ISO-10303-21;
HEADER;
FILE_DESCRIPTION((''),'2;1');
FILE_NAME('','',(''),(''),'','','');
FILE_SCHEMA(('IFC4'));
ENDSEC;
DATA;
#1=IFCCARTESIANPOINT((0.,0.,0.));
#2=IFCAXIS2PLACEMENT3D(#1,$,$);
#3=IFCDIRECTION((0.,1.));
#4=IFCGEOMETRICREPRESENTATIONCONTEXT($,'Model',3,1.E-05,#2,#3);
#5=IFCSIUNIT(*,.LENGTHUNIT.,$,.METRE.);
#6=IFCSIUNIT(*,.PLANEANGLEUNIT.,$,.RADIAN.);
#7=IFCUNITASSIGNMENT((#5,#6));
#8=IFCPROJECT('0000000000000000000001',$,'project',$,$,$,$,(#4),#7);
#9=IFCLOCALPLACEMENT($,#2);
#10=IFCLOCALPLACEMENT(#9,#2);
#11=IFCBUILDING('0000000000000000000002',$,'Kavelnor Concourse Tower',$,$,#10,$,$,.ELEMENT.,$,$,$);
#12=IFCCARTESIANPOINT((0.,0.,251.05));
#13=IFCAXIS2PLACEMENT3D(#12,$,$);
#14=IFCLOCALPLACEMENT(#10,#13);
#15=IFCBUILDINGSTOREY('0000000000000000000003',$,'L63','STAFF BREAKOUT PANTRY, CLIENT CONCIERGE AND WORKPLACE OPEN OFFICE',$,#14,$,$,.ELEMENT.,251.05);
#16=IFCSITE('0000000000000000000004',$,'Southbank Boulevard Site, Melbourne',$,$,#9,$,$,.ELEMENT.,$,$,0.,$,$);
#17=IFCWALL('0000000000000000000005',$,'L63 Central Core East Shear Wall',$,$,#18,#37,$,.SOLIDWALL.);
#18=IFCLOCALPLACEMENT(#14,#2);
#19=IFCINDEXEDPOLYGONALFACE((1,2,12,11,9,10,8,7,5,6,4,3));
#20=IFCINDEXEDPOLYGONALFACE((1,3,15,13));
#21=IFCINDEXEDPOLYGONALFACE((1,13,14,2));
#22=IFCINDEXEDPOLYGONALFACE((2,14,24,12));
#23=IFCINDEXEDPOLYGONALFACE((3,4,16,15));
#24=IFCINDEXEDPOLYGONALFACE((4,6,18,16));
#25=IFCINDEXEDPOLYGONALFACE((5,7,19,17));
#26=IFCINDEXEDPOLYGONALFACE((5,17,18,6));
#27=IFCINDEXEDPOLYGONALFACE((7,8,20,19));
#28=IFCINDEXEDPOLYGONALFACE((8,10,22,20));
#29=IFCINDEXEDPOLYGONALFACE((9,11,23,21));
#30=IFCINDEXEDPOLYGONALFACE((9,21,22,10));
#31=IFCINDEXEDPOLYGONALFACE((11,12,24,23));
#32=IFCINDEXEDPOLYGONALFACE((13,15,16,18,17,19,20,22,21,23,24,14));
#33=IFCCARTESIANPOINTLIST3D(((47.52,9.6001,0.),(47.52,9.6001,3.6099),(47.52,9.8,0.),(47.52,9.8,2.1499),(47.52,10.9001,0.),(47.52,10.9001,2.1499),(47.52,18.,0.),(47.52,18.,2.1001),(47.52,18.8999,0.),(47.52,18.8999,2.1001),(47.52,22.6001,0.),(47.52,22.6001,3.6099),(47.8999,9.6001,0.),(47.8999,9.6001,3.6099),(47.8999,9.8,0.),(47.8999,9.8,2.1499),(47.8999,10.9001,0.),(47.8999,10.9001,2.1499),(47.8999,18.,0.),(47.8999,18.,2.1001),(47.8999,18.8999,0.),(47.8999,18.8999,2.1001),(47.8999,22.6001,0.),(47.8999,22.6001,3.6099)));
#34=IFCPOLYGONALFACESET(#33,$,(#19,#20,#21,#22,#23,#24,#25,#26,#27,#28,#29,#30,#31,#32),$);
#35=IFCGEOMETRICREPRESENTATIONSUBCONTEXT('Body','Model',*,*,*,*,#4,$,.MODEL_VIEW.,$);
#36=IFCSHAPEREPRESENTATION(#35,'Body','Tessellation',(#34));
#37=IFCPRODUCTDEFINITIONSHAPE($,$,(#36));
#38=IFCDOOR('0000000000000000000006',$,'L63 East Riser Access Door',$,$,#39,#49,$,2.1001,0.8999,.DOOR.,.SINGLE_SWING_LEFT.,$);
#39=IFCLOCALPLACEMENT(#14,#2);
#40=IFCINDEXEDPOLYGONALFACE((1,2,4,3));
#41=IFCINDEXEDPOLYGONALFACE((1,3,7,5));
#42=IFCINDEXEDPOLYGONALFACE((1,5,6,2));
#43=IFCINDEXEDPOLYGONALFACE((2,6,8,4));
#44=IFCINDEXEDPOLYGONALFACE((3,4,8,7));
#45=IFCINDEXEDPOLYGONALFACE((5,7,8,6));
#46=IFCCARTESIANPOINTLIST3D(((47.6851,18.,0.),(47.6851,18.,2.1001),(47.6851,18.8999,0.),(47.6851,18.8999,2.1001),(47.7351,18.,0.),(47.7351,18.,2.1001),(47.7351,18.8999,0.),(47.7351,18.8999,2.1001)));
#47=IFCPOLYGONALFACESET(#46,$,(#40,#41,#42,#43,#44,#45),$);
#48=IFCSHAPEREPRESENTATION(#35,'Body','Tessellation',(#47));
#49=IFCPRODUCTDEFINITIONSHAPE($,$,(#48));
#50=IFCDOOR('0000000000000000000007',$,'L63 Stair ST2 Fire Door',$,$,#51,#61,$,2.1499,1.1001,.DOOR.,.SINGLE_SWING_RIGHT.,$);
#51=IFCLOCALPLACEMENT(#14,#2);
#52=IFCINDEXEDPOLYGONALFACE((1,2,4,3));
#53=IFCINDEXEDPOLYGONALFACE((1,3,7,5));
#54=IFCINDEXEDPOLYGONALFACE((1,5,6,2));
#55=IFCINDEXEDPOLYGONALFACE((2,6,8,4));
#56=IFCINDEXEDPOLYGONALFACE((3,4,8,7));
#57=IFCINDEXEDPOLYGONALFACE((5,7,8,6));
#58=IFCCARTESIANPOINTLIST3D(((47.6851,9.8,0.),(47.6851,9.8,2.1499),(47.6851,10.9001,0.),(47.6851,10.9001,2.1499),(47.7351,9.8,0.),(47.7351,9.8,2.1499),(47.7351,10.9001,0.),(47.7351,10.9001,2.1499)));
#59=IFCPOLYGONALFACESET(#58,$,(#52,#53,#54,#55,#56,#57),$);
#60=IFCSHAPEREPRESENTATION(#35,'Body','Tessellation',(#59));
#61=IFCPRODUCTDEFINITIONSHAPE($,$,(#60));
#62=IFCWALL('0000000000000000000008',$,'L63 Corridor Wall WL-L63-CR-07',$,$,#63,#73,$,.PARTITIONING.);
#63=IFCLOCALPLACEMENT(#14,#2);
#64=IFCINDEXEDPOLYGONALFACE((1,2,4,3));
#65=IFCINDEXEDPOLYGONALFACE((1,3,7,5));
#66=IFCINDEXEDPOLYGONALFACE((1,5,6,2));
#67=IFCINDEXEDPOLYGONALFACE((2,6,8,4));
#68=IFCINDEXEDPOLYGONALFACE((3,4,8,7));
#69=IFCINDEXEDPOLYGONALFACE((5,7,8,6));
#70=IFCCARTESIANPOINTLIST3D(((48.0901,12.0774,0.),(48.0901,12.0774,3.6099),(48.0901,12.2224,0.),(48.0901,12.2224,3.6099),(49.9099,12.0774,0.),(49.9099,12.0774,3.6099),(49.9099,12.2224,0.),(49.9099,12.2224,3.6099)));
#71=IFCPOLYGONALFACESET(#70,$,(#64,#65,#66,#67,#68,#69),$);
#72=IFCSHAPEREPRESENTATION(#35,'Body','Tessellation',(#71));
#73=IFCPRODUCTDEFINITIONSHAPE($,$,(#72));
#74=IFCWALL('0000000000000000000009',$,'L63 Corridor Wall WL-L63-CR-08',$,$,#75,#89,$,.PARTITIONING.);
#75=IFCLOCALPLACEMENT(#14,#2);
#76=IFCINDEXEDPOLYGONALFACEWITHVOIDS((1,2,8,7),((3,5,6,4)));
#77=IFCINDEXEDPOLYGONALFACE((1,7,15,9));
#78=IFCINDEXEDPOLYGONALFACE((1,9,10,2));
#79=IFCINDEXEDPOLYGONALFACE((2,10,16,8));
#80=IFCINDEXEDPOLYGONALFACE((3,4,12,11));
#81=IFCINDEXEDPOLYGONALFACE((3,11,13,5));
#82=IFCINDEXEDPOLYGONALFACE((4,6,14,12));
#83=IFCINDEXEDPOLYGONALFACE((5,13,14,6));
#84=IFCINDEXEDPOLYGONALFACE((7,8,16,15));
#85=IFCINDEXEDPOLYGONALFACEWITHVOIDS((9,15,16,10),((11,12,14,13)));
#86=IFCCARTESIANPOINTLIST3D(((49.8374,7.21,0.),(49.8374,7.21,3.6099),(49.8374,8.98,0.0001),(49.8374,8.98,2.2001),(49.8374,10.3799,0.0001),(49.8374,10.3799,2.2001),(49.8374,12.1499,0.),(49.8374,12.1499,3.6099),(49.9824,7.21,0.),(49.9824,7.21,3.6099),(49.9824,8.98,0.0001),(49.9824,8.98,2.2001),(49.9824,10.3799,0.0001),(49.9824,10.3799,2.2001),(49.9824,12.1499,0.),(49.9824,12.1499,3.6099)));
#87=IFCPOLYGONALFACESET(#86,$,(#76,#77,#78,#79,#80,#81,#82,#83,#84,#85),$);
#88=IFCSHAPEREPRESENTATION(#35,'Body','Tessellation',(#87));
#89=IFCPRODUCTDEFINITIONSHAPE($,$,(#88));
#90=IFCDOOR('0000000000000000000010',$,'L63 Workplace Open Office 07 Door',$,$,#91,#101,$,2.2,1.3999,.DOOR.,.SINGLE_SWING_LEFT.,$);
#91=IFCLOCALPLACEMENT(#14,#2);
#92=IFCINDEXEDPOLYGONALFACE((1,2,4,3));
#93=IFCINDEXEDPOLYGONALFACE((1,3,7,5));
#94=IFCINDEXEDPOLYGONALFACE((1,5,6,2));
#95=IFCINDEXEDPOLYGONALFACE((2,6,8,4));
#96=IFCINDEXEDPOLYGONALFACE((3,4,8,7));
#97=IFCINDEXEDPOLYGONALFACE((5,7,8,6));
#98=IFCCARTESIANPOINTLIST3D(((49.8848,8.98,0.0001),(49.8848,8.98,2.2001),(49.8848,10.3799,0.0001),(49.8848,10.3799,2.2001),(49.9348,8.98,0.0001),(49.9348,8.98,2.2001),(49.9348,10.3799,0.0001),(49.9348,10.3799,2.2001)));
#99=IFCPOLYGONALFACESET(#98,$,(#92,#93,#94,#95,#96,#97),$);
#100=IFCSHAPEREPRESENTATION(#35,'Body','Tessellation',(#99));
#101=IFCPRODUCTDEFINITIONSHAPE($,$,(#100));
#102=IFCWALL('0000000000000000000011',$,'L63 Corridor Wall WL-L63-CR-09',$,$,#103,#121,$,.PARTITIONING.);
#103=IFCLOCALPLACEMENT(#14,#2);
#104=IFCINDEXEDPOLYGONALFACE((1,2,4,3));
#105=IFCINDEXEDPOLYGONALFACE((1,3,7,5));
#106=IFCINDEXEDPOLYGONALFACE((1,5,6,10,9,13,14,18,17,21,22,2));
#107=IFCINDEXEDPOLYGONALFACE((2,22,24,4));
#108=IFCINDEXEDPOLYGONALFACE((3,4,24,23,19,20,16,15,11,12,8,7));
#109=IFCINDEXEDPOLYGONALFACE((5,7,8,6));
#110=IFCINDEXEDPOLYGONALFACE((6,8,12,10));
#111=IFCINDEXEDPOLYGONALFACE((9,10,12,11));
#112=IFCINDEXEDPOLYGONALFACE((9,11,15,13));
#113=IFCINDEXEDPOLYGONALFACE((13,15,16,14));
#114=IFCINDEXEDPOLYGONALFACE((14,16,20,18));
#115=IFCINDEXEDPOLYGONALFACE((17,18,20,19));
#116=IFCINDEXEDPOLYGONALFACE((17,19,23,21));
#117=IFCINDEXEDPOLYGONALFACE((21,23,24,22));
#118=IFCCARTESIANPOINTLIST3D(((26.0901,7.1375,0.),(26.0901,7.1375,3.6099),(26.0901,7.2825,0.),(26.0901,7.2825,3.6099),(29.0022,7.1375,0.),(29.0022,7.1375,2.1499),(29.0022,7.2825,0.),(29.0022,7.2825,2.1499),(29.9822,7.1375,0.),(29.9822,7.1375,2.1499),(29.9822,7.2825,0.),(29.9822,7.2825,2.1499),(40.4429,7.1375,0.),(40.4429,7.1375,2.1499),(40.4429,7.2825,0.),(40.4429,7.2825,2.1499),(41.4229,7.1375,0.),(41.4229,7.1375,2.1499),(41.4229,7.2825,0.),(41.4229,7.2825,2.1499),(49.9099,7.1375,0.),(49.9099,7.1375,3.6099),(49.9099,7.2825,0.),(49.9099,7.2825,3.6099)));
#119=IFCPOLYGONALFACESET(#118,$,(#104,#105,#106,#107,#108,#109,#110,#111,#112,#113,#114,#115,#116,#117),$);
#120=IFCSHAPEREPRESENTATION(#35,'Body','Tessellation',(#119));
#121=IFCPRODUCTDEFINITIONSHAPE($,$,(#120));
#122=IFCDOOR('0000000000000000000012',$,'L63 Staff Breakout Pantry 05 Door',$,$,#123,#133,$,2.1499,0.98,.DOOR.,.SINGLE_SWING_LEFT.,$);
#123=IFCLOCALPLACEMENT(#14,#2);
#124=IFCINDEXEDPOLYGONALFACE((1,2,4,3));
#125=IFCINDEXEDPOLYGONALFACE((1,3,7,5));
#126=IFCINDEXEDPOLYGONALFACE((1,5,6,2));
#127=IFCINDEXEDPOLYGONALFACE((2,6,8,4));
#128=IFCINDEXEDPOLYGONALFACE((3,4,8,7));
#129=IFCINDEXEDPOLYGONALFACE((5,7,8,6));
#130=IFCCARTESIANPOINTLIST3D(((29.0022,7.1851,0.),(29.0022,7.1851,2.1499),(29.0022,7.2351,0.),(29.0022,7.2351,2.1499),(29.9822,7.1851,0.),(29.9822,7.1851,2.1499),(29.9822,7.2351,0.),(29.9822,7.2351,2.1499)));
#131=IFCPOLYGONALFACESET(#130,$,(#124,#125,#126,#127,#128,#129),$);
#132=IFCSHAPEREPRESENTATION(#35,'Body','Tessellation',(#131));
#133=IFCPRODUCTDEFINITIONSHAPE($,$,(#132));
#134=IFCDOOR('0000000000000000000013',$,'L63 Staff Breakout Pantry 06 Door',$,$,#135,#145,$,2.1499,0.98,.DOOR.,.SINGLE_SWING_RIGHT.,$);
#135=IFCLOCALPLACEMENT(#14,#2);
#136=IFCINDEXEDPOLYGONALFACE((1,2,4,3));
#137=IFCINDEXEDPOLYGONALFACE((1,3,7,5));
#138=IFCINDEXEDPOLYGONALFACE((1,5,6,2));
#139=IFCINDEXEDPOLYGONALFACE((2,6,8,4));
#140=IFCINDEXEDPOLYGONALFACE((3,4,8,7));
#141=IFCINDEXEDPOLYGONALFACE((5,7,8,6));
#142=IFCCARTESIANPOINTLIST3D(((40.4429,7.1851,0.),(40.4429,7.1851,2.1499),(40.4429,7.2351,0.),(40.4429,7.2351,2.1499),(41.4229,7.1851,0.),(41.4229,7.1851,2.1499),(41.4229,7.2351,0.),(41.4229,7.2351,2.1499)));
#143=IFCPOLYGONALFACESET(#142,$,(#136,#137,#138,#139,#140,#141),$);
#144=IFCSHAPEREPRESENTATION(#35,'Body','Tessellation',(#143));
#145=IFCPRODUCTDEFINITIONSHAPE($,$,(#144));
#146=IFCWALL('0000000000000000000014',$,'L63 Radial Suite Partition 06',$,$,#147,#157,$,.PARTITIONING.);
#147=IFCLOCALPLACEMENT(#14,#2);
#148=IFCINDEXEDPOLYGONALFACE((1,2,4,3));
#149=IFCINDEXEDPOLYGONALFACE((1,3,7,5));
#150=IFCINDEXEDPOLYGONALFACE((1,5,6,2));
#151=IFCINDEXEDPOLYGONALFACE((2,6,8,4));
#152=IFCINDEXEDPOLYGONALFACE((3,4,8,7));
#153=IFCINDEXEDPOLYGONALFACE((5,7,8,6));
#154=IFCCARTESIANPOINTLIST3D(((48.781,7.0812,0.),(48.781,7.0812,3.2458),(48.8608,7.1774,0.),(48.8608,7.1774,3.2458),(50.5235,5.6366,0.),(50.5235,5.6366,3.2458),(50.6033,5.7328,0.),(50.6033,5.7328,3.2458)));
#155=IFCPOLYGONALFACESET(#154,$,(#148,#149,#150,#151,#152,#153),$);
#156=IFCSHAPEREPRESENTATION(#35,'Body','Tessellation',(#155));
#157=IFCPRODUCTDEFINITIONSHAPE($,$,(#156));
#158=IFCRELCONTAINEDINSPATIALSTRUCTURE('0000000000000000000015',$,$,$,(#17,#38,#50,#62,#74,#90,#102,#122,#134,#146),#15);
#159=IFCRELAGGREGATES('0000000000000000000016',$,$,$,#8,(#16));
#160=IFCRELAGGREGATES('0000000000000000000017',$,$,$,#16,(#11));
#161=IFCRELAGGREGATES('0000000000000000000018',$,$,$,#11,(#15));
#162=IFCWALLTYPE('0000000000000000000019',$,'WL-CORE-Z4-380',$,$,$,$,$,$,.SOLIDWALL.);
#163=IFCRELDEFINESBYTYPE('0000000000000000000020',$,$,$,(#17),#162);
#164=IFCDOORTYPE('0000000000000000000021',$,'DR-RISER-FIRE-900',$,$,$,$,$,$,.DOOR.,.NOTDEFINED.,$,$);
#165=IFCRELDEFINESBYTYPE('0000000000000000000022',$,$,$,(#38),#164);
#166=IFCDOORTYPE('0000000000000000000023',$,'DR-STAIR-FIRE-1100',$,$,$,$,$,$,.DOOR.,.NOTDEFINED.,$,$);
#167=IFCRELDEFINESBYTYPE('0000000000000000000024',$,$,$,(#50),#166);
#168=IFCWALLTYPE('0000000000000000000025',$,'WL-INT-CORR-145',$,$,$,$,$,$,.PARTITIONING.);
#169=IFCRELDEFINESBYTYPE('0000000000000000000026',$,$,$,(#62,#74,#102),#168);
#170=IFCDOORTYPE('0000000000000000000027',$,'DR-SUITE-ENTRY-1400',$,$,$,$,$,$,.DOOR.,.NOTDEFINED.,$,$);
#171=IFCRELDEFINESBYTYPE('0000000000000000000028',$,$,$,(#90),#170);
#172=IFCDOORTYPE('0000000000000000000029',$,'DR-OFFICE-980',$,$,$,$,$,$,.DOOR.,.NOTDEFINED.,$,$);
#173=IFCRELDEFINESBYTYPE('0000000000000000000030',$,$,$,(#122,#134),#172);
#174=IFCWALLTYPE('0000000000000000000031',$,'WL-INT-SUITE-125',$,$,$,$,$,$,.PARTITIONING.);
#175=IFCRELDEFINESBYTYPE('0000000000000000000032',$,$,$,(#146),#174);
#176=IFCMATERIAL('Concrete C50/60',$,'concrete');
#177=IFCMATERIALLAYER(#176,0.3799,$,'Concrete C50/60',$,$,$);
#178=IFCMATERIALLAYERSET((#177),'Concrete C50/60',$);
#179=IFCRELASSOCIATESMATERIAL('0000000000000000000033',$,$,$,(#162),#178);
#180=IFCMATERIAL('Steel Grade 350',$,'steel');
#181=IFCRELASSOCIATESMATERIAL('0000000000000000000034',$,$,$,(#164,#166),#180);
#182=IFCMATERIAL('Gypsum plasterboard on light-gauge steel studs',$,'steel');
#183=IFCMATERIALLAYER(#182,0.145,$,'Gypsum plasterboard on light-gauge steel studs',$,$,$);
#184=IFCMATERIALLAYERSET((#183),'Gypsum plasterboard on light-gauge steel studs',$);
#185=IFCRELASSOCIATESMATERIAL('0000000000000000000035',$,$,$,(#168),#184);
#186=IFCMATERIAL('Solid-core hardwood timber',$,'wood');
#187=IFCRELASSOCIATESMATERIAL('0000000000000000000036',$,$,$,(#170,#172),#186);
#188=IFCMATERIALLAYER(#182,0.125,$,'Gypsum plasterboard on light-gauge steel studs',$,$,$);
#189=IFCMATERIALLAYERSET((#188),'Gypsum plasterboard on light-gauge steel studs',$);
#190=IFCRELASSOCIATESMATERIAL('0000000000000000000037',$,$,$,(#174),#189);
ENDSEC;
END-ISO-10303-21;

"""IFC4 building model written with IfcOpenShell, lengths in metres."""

from ifc_helpers import new_model, si_unit, direction, frame, frame_2d, origin, place, context, subcontext, project, spatial, rectangle, extrude, material, layer, layer_set, type_object, element, fill, save


model = new_model("IFC4")

# Units and contexts
model_context = context("Model", 3, precision=1e-05, world=origin(), true_north=direction((0.0, 1.0)))
body_context = subcontext(model_context, "Body", "Model", "MODEL_VIEW")
ifc_project = project(units=[si_unit("LENGTHUNIT", "METRE"), si_unit("PLANEANGLEUNIT", "RADIAN")], contexts=[model_context])

# Site, building, storey
site_placement = place(None, origin())
site = spatial("IfcSite", under=ifc_project, at=site_placement, Name="Southbank Boulevard Site, Melbourne", CompositionType="ELEMENT", RefElevation=0.0)
building_placement = place(site_placement, origin())
building = spatial("IfcBuilding", under=site, at=building_placement, Name="Kavelnor Concourse Tower", CompositionType="ELEMENT")
storey_placement = place(building_placement, frame((0.0, 0.0, 251.05)))
storey = spatial("IfcBuildingStorey", under=building, at=storey_placement, Name="L63", Description="STAFF BREAKOUT PANTRY, CLIENT CONCIERGE AND WORKPLACE OPEN OFFICE", CompositionType="ELEMENT", Elevation=251.05)

# Shared definitions
ifc_material_1 = material(Name="Steel Grade 350", Category="steel")

# Wall, openings, doors
ifc_material_2 = material(Name="Concrete C50/60", Category="concrete")
ifc_layer_1 = layer(ifc_material_2, 0.3799, Name="Concrete C50/60")
ifc_layer_set_1 = layer_set([ifc_layer_1], Name="Concrete C50/60")
wall_type_1 = type_object("IfcWallType", Name="WL-CORE-Z4-380", PredefinedType="SOLIDWALL", material=ifc_layer_set_1)
wall_1_placement = place(storey_placement, frame((47.71, 9.6001, 0.0), z_axis=(0.0, 0.0, 1.0), x_axis=(0.0, 1.0, 0.0)))
wall_1 = element("IfcWall", 1, at=wall_1_placement, inside=storey, type_object=wall_type_1, Name="L63 Central Core East Shear Wall", PredefinedType="SOLIDWALL", context=body_context, shape_type="SweptSolid", body=[
    extrude(rectangle(XDim=13.0, YDim=0.3799, at=frame_2d((6.5, 0.0))), origin(), (0.0, 0.0, 1.0), 3.6099),
])
opening_1_placement = place(wall_1_placement, frame((0.2, 0.0, 0.0)))
opening_1 = element("IfcOpeningElement", 2, at=opening_1_placement, cuts=wall_1, PredefinedType="OPENING", context=body_context, shape_type="SweptSolid", body=[
    extrude(rectangle(XDim=1.1001, YDim=2.1499, at=frame_2d((0.55, 1.075))), frame((0.0, 0.2, 0.0), z_axis=(0.0, -1.0, 0.0), x_axis=(1.0, 0.0, 0.0)), (0.0, 0.0, 1.0), 0.3999),
])
opening_2_placement = place(wall_1_placement, frame((8.3999, 0.0, 0.0)))
opening_2 = element("IfcOpeningElement", 3, at=opening_2_placement, cuts=wall_1, PredefinedType="OPENING", context=body_context, shape_type="SweptSolid", body=[
    extrude(rectangle(XDim=0.8999, YDim=2.1001, at=frame_2d((0.45, 1.05))), frame((0.0, 0.2, 0.0), z_axis=(0.0, -1.0, 0.0), x_axis=(1.0, 0.0, 0.0)), (0.0, 0.0, 1.0), 0.3999),
])
door_type_1 = type_object("IfcDoorType", Name="DR-RISER-FIRE-900", OperationType="NOTDEFINED", PredefinedType="DOOR", material=ifc_material_1)
door_1_placement = place(opening_2_placement, origin())
door_1 = element("IfcDoor", 4, at=door_1_placement, inside=storey, type_object=door_type_1, Name="L63 East Riser Access Door", OperationType="SINGLE_SWING_LEFT", OverallHeight=2.1001, OverallWidth=0.8999, PredefinedType="DOOR", context=body_context, shape_type="SweptSolid", body=[
    extrude(rectangle(XDim=0.8999, YDim=2.1001, at=frame_2d((0.45, 1.05))), frame((0.0, 0.0249, 0.0), z_axis=(0.0, -1.0, 0.0), x_axis=(1.0, 0.0, 0.0)), (0.0, 0.0, 1.0), 0.05),
])
fill(opening_2, door_1)
door_type_2 = type_object("IfcDoorType", Name="DR-STAIR-FIRE-1100", OperationType="NOTDEFINED", PredefinedType="DOOR", material=ifc_material_1)
door_2_placement = place(opening_1_placement, origin())
door_2 = element("IfcDoor", 5, at=door_2_placement, inside=storey, type_object=door_type_2, Name="L63 Stair ST2 Fire Door", OperationType="SINGLE_SWING_RIGHT", OverallHeight=2.1499, OverallWidth=1.1001, PredefinedType="DOOR", context=body_context, shape_type="SweptSolid", body=[
    extrude(rectangle(XDim=1.1001, YDim=2.1499, at=frame_2d((0.55, 1.075))), frame((0.0, 0.0249, 0.0), z_axis=(0.0, -1.0, 0.0), x_axis=(1.0, 0.0, 0.0)), (0.0, 0.0, 1.0), 0.05),
])
fill(opening_1, door_2)

# Wall
ifc_material_3 = material(Name="Gypsum plasterboard on light-gauge steel studs", Category="steel")
ifc_layer_2 = layer(ifc_material_3, 0.145, Name="Gypsum plasterboard on light-gauge steel studs")
ifc_layer_set_2 = layer_set([ifc_layer_2], Name="Gypsum plasterboard on light-gauge steel studs")
wall_type_2 = type_object("IfcWallType", Name="WL-INT-CORR-145", PredefinedType="PARTITIONING", material=ifc_layer_set_2)
wall_2_placement = place(storey_placement, frame((48.0901, 12.1499, 0.0), z_axis=(0.0, 0.0, 1.0), x_axis=(1.0, 0.0, 0.0)))
element("IfcWall", 6, at=wall_2_placement, inside=storey, type_object=wall_type_2, Name="L63 Corridor Wall WL-L63-CR-07", PredefinedType="PARTITIONING", context=body_context, shape_type="SweptSolid", body=[
    extrude(rectangle(XDim=1.8198, YDim=0.145, at=frame_2d((0.9099, 0.0))), origin(), (0.0, 0.0, 1.0), 3.6099),
])

# Wall, opening, door
wall_3_placement = place(storey_placement, frame((49.9099, 12.1499, 0.0), z_axis=(0.0, 0.0, 1.0), x_axis=(0.0, -1.0, 0.0)))
wall_3 = element("IfcWall", 7, at=wall_3_placement, inside=storey, type_object=wall_type_2, Name="L63 Corridor Wall WL-L63-CR-08", PredefinedType="PARTITIONING", context=body_context, shape_type="SweptSolid", body=[
    extrude(rectangle(XDim=4.9399, YDim=0.145, at=frame_2d((2.47, 0.0))), origin(), (0.0, 0.0, 1.0), 3.6099),
])
opening_3_placement = place(wall_3_placement, frame((1.77, 0.0, 0.0)))
opening_3 = element("IfcOpeningElement", 8, at=opening_3_placement, cuts=wall_3, PredefinedType="OPENING", context=body_context, shape_type="SweptSolid", body=[
    extrude(rectangle(XDim=1.3999, YDim=2.2, at=frame_2d((0.7, 1.1001))), frame((0.0, 0.0825, 0.0), z_axis=(0.0, -1.0, 0.0), x_axis=(1.0, 0.0, 0.0)), (0.0, 0.0, 1.0), 0.165),
])
ifc_material_4 = material(Name="Solid-core hardwood timber", Category="wood")
door_type_3 = type_object("IfcDoorType", Name="DR-SUITE-ENTRY-1400", OperationType="NOTDEFINED", PredefinedType="DOOR", material=ifc_material_4)
door_3_placement = place(opening_3_placement, origin())
door_3 = element("IfcDoor", 9, at=door_3_placement, inside=storey, type_object=door_type_3, Name="L63 Workplace Open Office 07 Door", OperationType="SINGLE_SWING_LEFT", OverallHeight=2.2, OverallWidth=1.3999, PredefinedType="DOOR", context=body_context, shape_type="SweptSolid", body=[
    extrude(rectangle(XDim=1.3999, YDim=2.2, at=frame_2d((0.7, 1.1001))), frame((0.0, 0.0249, 0.0), z_axis=(0.0, -1.0, 0.0), x_axis=(1.0, 0.0, 0.0)), (0.0, 0.0, 1.0), 0.05),
])
fill(opening_3, door_3)

# Wall, openings, doors
wall_4_placement = place(storey_placement, frame((49.9099, 7.21, 0.0), z_axis=(0.0, 0.0, 1.0), x_axis=(-1.0, 0.0, 0.0)))
wall_4 = element("IfcWall", 10, at=wall_4_placement, inside=storey, type_object=wall_type_2, Name="L63 Corridor Wall WL-L63-CR-09", PredefinedType="PARTITIONING", context=body_context, shape_type="SweptSolid", body=[
    extrude(rectangle(XDim=23.8198, YDim=0.145, at=frame_2d((11.9099, 0.0))), origin(), (0.0, 0.0, 1.0), 3.6099),
])
opening_4_placement = place(wall_4_placement, frame((19.9277, 0.0, 0.0)))
opening_4 = element("IfcOpeningElement", 11, at=opening_4_placement, cuts=wall_4, PredefinedType="OPENING", context=body_context, shape_type="SweptSolid", body=[
    extrude(rectangle(XDim=0.98, YDim=2.1499, at=frame_2d((0.49, 1.075))), frame((0.0, 0.0825, 0.0), z_axis=(0.0, -1.0, 0.0), x_axis=(1.0, 0.0, 0.0)), (0.0, 0.0, 1.0), 0.165),
])
opening_5_placement = place(wall_4_placement, frame((8.4871, 0.0, 0.0)))
opening_5 = element("IfcOpeningElement", 12, at=opening_5_placement, cuts=wall_4, PredefinedType="OPENING", context=body_context, shape_type="SweptSolid", body=[
    extrude(rectangle(XDim=0.98, YDim=2.1499, at=frame_2d((0.49, 1.075))), frame((0.0, 0.0825, 0.0), z_axis=(0.0, -1.0, 0.0), x_axis=(1.0, 0.0, 0.0)), (0.0, 0.0, 1.0), 0.165),
])
door_type_4 = type_object("IfcDoorType", Name="DR-OFFICE-980", OperationType="NOTDEFINED", PredefinedType="DOOR", material=ifc_material_4)
door_4_placement = place(opening_4_placement, origin())
door_4 = element("IfcDoor", 13, at=door_4_placement, inside=storey, type_object=door_type_4, Name="L63 Staff Breakout Pantry 05 Door", OperationType="SINGLE_SWING_LEFT", OverallHeight=2.1499, OverallWidth=0.98, PredefinedType="DOOR", context=body_context, shape_type="SweptSolid", body=[
    extrude(rectangle(XDim=0.98, YDim=2.1499, at=frame_2d((0.49, 1.075))), frame((0.0, 0.0249, 0.0), z_axis=(0.0, -1.0, 0.0), x_axis=(1.0, 0.0, 0.0)), (0.0, 0.0, 1.0), 0.05),
])
fill(opening_4, door_4)
door_5_placement = place(opening_5_placement, origin())
door_5 = element("IfcDoor", 14, at=door_5_placement, inside=storey, type_object=door_type_4, Name="L63 Staff Breakout Pantry 06 Door", OperationType="SINGLE_SWING_RIGHT", OverallHeight=2.1499, OverallWidth=0.98, PredefinedType="DOOR", context=body_context, shape_type="SweptSolid", body=[
    extrude(rectangle(XDim=0.98, YDim=2.1499, at=frame_2d((0.49, 1.075))), frame((0.0, 0.0249, 0.0), z_axis=(0.0, -1.0, 0.0), x_axis=(1.0, 0.0, 0.0)), (0.0, 0.0, 1.0), 0.05),
])
fill(opening_5, door_5)

# Wall
ifc_layer_3 = layer(ifc_material_3, 0.125, Name="Gypsum plasterboard on light-gauge steel studs")
ifc_layer_set_3 = layer_set([ifc_layer_3], Name="Gypsum plasterboard on light-gauge steel studs")
wall_type_3 = type_object("IfcWallType", Name="WL-INT-SUITE-125", PredefinedType="PARTITIONING", material=ifc_layer_set_3)
wall_5_placement = place(storey_placement, frame((48.8208, 7.1294, 0.0), z_axis=(0.0, 0.0, 1.0), x_axis=(0.769837, -0.638241, 0.0)))
element("IfcWall", 15, at=wall_5_placement, inside=storey, type_object=wall_type_3, Name="L63 Radial Suite Partition 06", PredefinedType="PARTITIONING", context=body_context, shape_type="SweptSolid", body=[
    extrude(rectangle(XDim=2.2634, YDim=0.125, at=frame_2d((1.1318, 0.0))), origin(), (0.0, 0.0, 1.0), 3.2458),
])

save(model, "model.ifc")
